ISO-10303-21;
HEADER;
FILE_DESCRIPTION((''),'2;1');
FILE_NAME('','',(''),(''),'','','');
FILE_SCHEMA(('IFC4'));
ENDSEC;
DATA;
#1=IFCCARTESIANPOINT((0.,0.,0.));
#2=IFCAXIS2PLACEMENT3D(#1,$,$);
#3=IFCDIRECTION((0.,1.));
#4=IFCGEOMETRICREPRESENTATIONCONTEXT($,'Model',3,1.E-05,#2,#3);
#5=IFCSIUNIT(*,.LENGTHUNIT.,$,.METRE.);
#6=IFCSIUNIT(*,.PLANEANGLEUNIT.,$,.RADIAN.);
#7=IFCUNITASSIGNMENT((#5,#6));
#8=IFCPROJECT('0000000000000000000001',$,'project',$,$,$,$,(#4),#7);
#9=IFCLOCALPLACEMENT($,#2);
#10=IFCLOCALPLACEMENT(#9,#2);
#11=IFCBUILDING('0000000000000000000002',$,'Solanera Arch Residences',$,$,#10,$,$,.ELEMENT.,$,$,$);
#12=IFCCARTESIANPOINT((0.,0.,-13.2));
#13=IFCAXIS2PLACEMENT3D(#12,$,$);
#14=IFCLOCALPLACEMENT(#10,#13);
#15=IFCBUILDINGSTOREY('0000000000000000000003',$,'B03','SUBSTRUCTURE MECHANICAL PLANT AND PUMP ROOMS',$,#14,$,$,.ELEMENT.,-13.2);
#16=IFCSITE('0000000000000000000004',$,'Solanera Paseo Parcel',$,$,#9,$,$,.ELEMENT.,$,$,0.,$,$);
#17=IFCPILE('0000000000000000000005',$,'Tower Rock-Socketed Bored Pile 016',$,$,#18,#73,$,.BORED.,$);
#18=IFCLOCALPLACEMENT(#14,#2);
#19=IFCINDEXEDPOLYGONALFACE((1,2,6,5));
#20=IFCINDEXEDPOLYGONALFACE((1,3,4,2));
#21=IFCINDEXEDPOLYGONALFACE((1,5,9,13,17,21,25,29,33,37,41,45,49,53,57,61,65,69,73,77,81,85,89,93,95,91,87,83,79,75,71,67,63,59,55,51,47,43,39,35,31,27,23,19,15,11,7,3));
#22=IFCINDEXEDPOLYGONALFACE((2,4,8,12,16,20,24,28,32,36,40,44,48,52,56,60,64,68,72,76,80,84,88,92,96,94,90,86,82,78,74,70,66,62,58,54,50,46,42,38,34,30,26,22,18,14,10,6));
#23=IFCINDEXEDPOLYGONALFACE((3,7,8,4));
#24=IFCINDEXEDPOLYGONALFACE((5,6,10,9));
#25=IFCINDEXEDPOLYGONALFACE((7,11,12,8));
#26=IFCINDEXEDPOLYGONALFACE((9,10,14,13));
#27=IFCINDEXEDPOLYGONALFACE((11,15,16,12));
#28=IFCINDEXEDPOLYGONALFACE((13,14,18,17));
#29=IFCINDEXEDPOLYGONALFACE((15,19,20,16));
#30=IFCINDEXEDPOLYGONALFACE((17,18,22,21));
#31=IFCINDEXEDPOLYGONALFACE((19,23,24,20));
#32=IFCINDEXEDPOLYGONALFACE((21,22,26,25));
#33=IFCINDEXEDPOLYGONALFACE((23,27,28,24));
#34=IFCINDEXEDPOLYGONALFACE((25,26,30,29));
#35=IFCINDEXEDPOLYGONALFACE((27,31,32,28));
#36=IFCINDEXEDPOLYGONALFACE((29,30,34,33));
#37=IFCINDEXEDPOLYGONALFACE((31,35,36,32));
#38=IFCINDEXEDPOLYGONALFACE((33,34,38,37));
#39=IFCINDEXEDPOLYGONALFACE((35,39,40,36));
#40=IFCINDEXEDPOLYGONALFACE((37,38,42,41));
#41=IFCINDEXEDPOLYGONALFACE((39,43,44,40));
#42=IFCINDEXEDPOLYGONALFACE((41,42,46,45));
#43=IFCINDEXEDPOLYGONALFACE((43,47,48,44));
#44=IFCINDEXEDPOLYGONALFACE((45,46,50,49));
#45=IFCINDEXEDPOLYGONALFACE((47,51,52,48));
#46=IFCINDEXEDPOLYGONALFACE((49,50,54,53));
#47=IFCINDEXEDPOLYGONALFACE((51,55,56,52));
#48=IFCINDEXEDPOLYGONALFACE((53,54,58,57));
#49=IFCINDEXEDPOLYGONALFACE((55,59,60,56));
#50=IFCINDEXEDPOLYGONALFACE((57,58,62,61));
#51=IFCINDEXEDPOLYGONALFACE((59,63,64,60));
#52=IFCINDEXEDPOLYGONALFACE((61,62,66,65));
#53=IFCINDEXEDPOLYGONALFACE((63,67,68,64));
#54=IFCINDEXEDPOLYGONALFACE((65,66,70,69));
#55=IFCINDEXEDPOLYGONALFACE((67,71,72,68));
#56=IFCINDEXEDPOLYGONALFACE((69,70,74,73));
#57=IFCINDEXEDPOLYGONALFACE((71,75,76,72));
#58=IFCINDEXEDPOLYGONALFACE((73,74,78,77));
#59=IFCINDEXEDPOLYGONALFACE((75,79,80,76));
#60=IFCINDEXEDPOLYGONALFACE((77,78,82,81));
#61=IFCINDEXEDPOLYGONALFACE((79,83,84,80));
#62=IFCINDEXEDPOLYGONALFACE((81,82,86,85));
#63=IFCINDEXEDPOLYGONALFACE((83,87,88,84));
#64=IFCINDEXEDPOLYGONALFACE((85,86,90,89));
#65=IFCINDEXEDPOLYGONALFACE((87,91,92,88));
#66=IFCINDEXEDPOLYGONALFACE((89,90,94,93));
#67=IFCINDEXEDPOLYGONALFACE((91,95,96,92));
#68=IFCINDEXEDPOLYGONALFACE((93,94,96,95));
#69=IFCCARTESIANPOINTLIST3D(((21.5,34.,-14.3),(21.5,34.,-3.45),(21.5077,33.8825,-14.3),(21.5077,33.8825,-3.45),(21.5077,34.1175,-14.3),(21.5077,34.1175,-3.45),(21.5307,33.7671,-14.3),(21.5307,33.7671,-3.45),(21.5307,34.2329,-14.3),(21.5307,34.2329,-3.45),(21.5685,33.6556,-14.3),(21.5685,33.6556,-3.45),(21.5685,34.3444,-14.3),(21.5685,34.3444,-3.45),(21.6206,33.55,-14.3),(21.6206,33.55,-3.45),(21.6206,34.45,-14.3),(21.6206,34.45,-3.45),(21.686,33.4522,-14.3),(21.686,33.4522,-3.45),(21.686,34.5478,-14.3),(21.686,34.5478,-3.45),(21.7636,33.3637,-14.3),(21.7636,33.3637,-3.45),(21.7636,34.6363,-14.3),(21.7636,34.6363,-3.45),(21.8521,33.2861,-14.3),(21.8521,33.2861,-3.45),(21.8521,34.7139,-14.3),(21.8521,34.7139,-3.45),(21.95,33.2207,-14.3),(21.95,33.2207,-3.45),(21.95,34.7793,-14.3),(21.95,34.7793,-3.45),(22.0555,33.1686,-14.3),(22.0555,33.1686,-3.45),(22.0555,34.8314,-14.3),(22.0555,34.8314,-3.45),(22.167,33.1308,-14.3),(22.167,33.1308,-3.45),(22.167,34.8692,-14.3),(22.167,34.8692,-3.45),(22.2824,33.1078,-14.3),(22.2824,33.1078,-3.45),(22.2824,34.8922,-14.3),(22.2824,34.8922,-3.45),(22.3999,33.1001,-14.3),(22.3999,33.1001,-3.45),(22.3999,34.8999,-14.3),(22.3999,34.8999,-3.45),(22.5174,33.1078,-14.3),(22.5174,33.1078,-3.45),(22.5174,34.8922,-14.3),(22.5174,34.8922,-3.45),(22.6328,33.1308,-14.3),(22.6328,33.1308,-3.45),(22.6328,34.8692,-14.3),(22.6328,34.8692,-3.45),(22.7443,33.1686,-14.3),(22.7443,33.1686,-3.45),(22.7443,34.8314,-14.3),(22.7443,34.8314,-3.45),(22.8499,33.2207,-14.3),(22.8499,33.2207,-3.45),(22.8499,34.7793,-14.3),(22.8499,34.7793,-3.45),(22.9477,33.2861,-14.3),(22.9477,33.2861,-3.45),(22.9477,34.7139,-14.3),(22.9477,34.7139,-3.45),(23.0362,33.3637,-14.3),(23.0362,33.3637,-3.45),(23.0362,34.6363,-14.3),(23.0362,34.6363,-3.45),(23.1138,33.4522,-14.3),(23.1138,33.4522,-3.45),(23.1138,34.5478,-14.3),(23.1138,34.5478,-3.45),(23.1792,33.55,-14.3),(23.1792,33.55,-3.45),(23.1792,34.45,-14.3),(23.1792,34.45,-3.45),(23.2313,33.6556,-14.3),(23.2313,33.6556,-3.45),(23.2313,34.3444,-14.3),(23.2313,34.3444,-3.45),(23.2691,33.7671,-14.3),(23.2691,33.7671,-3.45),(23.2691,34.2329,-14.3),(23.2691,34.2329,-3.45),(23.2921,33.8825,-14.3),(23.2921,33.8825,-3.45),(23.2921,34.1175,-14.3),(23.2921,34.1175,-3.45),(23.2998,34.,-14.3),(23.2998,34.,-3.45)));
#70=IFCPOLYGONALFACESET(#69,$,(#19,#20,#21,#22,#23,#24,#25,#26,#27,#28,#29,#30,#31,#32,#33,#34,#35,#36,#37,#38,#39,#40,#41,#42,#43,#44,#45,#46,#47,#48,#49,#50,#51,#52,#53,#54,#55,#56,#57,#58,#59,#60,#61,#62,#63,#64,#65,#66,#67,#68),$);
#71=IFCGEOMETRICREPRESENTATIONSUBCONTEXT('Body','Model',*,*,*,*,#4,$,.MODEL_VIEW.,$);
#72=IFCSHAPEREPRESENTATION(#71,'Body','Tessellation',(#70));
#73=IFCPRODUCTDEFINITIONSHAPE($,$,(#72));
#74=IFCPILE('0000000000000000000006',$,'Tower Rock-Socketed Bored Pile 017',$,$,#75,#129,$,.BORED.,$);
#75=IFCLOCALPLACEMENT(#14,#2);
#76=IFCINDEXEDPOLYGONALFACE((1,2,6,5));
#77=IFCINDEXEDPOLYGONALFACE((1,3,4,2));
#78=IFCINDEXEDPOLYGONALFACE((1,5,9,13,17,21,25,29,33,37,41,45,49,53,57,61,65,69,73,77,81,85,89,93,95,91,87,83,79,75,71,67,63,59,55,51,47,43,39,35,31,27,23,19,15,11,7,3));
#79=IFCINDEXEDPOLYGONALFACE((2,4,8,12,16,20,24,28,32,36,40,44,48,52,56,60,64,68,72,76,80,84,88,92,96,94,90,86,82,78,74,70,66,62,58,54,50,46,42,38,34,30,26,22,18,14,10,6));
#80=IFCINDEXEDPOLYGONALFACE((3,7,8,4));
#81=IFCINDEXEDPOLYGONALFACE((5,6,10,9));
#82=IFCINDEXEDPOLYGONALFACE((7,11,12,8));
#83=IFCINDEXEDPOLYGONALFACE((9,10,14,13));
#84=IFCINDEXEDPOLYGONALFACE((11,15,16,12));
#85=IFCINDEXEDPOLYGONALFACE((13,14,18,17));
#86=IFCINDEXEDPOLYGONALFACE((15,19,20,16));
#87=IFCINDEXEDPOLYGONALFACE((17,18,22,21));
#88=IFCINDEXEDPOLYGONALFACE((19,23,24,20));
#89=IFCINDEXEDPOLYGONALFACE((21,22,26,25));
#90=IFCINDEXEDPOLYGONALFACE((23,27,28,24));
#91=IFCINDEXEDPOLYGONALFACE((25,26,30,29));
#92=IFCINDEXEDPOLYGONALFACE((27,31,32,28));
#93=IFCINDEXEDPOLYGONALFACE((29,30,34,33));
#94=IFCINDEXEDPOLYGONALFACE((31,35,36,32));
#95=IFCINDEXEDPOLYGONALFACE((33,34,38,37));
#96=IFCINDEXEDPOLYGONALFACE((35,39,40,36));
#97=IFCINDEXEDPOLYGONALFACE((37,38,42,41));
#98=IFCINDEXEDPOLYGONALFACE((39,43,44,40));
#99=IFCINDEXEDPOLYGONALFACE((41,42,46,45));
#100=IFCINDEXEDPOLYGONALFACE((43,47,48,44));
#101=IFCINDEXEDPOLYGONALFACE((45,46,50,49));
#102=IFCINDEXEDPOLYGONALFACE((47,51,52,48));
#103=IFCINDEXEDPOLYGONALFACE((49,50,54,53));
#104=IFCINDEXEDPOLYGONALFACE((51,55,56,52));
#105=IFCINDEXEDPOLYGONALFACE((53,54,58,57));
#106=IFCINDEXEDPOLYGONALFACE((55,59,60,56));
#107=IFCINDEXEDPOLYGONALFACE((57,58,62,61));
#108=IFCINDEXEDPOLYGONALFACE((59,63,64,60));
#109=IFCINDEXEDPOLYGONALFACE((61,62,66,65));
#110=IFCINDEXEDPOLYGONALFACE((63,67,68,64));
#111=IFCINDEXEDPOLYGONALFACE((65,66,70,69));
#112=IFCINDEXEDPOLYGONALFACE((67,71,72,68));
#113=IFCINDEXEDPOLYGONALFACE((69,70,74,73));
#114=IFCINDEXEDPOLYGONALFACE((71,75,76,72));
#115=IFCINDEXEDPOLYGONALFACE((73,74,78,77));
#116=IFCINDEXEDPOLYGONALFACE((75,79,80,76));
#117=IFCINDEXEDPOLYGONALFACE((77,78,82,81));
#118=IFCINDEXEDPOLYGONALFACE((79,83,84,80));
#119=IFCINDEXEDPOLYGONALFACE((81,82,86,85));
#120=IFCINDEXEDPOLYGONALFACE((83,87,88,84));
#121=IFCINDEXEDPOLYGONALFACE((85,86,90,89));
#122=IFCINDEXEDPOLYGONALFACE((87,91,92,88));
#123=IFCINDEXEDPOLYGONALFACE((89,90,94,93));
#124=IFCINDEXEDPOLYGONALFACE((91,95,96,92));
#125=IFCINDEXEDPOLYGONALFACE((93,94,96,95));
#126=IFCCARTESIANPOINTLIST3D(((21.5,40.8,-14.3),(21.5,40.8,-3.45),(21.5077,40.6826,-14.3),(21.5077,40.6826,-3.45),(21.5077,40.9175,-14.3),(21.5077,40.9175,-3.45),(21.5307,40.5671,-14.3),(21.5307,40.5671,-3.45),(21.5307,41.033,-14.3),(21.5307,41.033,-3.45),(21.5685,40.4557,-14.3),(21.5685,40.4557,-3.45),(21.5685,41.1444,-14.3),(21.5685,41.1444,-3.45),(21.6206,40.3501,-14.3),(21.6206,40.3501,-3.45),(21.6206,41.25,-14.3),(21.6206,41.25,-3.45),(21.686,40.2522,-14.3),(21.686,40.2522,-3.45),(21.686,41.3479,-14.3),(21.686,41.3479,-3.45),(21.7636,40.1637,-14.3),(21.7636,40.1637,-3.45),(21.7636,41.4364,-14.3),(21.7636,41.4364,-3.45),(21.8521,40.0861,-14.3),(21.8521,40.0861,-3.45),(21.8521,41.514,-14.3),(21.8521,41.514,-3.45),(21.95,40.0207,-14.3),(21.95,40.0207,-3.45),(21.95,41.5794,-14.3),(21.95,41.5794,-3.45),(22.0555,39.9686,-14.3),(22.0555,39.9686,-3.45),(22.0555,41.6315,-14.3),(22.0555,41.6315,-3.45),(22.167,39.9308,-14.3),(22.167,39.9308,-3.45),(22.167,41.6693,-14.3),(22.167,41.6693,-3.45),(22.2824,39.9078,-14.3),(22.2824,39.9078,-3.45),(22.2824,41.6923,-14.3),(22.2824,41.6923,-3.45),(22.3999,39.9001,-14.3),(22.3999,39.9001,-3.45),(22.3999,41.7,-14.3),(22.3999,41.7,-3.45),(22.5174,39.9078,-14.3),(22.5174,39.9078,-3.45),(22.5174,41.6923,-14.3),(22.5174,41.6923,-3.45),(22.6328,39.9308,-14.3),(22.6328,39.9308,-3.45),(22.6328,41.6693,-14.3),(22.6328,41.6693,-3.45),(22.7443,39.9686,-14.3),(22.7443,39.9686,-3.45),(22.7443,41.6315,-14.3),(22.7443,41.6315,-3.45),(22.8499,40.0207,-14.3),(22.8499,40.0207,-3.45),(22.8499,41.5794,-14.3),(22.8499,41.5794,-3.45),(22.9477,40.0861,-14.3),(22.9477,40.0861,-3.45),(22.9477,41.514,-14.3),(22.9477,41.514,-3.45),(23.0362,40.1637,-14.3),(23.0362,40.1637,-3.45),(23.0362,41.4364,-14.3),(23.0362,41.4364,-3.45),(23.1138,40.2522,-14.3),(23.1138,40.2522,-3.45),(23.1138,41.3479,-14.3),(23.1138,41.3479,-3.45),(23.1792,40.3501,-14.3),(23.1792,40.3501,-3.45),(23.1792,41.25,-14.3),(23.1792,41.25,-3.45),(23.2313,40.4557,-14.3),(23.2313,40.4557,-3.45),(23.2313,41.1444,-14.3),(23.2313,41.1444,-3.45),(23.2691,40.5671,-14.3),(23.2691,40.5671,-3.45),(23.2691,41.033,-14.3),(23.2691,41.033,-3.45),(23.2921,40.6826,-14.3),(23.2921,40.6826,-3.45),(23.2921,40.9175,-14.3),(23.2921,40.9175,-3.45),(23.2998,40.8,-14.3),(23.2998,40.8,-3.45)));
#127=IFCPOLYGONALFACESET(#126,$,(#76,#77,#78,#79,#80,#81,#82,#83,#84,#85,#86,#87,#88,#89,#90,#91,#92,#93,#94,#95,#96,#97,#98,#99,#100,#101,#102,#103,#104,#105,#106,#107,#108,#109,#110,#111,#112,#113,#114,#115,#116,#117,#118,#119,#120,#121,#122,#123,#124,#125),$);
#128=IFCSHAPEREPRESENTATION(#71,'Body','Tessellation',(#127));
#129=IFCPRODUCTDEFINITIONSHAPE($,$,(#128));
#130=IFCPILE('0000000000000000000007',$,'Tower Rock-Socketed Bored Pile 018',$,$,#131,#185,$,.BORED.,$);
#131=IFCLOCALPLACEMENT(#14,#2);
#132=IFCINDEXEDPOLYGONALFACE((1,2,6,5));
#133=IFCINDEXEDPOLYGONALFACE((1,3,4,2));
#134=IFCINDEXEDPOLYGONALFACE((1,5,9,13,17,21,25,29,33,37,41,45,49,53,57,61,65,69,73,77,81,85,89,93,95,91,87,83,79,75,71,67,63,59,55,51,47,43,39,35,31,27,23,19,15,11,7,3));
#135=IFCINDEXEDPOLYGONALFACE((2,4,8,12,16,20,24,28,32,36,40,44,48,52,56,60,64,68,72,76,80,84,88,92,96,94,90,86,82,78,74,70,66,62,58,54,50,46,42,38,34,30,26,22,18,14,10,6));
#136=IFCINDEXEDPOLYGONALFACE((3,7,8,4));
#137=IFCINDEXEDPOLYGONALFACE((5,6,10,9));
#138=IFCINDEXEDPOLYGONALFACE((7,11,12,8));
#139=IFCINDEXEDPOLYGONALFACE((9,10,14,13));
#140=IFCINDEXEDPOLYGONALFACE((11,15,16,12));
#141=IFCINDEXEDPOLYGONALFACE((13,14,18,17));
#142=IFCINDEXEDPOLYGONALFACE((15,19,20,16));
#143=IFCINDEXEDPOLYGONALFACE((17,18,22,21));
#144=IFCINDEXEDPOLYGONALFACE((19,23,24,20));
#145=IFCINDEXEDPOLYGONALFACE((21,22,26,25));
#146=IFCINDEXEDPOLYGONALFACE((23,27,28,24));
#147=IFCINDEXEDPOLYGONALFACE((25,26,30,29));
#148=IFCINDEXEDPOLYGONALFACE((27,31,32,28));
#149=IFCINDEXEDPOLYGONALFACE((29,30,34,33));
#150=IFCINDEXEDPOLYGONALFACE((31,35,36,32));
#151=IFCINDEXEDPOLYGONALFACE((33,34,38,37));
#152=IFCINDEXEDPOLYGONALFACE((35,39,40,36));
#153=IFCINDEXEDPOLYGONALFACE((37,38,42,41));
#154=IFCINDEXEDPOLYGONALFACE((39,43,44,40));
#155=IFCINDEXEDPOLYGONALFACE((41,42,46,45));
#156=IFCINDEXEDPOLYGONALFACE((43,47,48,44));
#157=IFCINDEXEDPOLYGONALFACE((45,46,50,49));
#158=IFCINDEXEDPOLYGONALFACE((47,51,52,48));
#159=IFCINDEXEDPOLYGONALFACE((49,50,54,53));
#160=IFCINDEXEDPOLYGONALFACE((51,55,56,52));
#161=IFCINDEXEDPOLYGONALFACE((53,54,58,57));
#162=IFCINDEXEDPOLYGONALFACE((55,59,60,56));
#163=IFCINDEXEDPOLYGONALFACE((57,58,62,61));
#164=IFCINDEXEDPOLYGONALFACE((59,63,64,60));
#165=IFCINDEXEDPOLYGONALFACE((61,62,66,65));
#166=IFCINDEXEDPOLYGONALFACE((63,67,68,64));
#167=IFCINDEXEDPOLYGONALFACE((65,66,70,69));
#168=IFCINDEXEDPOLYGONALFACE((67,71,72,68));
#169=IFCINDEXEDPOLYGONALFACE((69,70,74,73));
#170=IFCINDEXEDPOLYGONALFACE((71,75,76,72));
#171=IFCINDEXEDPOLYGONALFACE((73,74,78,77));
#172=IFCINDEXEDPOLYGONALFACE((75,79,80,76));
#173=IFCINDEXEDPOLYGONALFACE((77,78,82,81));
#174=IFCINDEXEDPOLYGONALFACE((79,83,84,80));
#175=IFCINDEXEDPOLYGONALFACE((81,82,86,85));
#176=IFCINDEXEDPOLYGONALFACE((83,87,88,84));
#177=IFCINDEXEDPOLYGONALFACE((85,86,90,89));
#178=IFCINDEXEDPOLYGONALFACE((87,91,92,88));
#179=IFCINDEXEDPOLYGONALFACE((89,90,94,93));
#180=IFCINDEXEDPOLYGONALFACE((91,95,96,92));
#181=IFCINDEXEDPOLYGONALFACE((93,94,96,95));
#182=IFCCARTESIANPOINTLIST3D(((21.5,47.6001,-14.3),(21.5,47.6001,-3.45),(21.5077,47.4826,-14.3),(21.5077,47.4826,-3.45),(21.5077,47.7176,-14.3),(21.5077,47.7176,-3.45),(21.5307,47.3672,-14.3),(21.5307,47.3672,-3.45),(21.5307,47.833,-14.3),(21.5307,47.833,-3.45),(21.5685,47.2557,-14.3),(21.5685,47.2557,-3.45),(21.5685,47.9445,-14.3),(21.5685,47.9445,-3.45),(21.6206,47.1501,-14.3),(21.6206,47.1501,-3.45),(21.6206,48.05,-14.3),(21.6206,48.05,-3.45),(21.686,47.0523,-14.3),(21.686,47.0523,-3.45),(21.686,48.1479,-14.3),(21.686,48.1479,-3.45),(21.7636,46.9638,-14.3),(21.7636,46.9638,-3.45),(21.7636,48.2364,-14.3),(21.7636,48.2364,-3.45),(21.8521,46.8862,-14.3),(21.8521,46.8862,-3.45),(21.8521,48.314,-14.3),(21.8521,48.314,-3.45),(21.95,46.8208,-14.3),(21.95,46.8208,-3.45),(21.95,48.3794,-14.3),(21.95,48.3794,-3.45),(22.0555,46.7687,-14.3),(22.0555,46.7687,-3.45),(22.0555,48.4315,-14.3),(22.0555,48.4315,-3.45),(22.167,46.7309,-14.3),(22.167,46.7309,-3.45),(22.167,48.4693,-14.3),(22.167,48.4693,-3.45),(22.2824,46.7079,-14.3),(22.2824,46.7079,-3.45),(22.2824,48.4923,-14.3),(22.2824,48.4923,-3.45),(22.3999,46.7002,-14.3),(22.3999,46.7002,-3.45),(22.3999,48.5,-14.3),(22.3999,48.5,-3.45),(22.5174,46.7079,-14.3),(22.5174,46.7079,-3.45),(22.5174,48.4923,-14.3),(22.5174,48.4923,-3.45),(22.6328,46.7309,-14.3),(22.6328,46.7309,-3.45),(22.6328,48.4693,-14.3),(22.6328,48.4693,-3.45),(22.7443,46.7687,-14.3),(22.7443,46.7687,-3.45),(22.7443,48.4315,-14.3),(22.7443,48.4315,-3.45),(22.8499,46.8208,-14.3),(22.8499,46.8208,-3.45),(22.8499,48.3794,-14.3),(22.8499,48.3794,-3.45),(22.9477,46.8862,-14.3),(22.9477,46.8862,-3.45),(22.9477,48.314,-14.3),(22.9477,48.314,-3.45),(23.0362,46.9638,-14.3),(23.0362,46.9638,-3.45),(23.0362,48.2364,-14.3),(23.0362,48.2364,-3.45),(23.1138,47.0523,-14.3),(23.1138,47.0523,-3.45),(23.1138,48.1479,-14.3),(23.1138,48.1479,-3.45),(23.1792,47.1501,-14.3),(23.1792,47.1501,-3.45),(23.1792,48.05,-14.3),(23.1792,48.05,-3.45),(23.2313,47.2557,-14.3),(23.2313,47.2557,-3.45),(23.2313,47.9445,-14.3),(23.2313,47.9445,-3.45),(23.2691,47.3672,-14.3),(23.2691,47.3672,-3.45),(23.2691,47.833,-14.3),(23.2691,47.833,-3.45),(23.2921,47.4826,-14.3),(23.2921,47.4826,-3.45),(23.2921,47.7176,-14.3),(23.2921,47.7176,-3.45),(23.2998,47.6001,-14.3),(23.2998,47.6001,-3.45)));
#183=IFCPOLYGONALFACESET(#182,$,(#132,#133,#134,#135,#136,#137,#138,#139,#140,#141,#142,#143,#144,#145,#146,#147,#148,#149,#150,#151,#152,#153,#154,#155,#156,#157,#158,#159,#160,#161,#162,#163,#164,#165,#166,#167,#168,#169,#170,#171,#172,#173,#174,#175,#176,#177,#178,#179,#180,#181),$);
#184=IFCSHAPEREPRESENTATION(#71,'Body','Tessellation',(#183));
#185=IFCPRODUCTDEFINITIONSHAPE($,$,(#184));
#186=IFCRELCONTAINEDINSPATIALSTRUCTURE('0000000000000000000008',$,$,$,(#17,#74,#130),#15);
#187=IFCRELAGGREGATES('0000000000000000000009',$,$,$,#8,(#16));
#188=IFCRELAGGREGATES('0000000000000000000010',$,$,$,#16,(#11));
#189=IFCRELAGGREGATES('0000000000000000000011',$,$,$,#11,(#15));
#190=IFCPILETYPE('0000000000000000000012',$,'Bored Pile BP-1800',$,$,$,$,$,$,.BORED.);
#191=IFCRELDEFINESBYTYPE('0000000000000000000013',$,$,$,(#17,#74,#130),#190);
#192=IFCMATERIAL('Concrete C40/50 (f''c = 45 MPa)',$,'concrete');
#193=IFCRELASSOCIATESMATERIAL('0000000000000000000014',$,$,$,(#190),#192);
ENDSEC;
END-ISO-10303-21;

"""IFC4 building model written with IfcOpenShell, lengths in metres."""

from ifc_helpers import new_model, si_unit, direction, frame, origin, origin_2d, place, context, subcontext, project, spatial, circle, extrude, material, material_profile, profile_set, type_object, element, save


model = new_model("IFC4")

# Units and contexts
model_context = context("Model", 3, precision=1e-05, world=origin(), true_north=direction((0.0, 1.0)))
body_context = subcontext(model_context, "Body", "Model", "MODEL_VIEW")
ifc_project = project(units=[si_unit("LENGTHUNIT", "METRE"), si_unit("PLANEANGLEUNIT", "RADIAN")], contexts=[model_context])

# Site, building, storey
site_placement = place(None, origin())
site = spatial("IfcSite", under=ifc_project, at=site_placement, Name="Solanera Paseo Parcel", CompositionType="ELEMENT", RefElevation=0.0)
building_placement = place(site_placement, origin())
building = spatial("IfcBuilding", under=site, at=building_placement, Name="Solanera Arch Residences", CompositionType="ELEMENT")
storey_placement = place(building_placement, frame((0.0, 0.0, -13.2)))
storey = spatial("IfcBuildingStorey", under=building, at=storey_placement, Name="B03", Description="SUBSTRUCTURE MECHANICAL PLANT AND PUMP ROOMS", CompositionType="ELEMENT", Elevation=-13.2)

# Piles
ifc_material_1 = material(Name="Concrete C40/50 (f'c = 45 MPa)", Category="concrete")
ifc_material_profile_1 = material_profile(ifc_material_1, circle(Radius=0.8999, at=origin_2d()))
ifc_profile_set_1 = profile_set([ifc_material_profile_1], Name="Concrete C40/50 (f'c = 45 MPa)")
pile_type = type_object("IfcPileType", Name="Bored Pile BP-1800", PredefinedType="BORED", material=ifc_profile_set_1)
for number, where, z_axis, x_axis, name in (
    (1, (22.3999, 34.0, -3.45), (0.0, 0.0, -1.0), (1.0, 0.0, 0.0), "Tower Rock-Socketed Bored Pile 016"),
    (2, (22.3999, 40.8, -3.45), (0.0, 0.0, -1.0), (1.0, 0.0, 0.0), "Tower Rock-Socketed Bored Pile 017"),
    (3, (22.3999, 47.6001, -3.45), (0.0, 0.0, -1.0), (1.0, 0.0, 0.0), "Tower Rock-Socketed Bored Pile 018"),
):
    element("IfcPile", number, at=place(storey_placement, frame(where, z_axis=z_axis, x_axis=x_axis)), inside=storey, type_object=pile_type, Name=name, PredefinedType="BORED", context=body_context, shape_type="SweptSolid", body=[
        extrude(circle(Radius=0.8999, at=origin_2d()), origin(), (0.0, 0.0, 1.0), 10.8501),
    ])

save(model, "model.ifc")
